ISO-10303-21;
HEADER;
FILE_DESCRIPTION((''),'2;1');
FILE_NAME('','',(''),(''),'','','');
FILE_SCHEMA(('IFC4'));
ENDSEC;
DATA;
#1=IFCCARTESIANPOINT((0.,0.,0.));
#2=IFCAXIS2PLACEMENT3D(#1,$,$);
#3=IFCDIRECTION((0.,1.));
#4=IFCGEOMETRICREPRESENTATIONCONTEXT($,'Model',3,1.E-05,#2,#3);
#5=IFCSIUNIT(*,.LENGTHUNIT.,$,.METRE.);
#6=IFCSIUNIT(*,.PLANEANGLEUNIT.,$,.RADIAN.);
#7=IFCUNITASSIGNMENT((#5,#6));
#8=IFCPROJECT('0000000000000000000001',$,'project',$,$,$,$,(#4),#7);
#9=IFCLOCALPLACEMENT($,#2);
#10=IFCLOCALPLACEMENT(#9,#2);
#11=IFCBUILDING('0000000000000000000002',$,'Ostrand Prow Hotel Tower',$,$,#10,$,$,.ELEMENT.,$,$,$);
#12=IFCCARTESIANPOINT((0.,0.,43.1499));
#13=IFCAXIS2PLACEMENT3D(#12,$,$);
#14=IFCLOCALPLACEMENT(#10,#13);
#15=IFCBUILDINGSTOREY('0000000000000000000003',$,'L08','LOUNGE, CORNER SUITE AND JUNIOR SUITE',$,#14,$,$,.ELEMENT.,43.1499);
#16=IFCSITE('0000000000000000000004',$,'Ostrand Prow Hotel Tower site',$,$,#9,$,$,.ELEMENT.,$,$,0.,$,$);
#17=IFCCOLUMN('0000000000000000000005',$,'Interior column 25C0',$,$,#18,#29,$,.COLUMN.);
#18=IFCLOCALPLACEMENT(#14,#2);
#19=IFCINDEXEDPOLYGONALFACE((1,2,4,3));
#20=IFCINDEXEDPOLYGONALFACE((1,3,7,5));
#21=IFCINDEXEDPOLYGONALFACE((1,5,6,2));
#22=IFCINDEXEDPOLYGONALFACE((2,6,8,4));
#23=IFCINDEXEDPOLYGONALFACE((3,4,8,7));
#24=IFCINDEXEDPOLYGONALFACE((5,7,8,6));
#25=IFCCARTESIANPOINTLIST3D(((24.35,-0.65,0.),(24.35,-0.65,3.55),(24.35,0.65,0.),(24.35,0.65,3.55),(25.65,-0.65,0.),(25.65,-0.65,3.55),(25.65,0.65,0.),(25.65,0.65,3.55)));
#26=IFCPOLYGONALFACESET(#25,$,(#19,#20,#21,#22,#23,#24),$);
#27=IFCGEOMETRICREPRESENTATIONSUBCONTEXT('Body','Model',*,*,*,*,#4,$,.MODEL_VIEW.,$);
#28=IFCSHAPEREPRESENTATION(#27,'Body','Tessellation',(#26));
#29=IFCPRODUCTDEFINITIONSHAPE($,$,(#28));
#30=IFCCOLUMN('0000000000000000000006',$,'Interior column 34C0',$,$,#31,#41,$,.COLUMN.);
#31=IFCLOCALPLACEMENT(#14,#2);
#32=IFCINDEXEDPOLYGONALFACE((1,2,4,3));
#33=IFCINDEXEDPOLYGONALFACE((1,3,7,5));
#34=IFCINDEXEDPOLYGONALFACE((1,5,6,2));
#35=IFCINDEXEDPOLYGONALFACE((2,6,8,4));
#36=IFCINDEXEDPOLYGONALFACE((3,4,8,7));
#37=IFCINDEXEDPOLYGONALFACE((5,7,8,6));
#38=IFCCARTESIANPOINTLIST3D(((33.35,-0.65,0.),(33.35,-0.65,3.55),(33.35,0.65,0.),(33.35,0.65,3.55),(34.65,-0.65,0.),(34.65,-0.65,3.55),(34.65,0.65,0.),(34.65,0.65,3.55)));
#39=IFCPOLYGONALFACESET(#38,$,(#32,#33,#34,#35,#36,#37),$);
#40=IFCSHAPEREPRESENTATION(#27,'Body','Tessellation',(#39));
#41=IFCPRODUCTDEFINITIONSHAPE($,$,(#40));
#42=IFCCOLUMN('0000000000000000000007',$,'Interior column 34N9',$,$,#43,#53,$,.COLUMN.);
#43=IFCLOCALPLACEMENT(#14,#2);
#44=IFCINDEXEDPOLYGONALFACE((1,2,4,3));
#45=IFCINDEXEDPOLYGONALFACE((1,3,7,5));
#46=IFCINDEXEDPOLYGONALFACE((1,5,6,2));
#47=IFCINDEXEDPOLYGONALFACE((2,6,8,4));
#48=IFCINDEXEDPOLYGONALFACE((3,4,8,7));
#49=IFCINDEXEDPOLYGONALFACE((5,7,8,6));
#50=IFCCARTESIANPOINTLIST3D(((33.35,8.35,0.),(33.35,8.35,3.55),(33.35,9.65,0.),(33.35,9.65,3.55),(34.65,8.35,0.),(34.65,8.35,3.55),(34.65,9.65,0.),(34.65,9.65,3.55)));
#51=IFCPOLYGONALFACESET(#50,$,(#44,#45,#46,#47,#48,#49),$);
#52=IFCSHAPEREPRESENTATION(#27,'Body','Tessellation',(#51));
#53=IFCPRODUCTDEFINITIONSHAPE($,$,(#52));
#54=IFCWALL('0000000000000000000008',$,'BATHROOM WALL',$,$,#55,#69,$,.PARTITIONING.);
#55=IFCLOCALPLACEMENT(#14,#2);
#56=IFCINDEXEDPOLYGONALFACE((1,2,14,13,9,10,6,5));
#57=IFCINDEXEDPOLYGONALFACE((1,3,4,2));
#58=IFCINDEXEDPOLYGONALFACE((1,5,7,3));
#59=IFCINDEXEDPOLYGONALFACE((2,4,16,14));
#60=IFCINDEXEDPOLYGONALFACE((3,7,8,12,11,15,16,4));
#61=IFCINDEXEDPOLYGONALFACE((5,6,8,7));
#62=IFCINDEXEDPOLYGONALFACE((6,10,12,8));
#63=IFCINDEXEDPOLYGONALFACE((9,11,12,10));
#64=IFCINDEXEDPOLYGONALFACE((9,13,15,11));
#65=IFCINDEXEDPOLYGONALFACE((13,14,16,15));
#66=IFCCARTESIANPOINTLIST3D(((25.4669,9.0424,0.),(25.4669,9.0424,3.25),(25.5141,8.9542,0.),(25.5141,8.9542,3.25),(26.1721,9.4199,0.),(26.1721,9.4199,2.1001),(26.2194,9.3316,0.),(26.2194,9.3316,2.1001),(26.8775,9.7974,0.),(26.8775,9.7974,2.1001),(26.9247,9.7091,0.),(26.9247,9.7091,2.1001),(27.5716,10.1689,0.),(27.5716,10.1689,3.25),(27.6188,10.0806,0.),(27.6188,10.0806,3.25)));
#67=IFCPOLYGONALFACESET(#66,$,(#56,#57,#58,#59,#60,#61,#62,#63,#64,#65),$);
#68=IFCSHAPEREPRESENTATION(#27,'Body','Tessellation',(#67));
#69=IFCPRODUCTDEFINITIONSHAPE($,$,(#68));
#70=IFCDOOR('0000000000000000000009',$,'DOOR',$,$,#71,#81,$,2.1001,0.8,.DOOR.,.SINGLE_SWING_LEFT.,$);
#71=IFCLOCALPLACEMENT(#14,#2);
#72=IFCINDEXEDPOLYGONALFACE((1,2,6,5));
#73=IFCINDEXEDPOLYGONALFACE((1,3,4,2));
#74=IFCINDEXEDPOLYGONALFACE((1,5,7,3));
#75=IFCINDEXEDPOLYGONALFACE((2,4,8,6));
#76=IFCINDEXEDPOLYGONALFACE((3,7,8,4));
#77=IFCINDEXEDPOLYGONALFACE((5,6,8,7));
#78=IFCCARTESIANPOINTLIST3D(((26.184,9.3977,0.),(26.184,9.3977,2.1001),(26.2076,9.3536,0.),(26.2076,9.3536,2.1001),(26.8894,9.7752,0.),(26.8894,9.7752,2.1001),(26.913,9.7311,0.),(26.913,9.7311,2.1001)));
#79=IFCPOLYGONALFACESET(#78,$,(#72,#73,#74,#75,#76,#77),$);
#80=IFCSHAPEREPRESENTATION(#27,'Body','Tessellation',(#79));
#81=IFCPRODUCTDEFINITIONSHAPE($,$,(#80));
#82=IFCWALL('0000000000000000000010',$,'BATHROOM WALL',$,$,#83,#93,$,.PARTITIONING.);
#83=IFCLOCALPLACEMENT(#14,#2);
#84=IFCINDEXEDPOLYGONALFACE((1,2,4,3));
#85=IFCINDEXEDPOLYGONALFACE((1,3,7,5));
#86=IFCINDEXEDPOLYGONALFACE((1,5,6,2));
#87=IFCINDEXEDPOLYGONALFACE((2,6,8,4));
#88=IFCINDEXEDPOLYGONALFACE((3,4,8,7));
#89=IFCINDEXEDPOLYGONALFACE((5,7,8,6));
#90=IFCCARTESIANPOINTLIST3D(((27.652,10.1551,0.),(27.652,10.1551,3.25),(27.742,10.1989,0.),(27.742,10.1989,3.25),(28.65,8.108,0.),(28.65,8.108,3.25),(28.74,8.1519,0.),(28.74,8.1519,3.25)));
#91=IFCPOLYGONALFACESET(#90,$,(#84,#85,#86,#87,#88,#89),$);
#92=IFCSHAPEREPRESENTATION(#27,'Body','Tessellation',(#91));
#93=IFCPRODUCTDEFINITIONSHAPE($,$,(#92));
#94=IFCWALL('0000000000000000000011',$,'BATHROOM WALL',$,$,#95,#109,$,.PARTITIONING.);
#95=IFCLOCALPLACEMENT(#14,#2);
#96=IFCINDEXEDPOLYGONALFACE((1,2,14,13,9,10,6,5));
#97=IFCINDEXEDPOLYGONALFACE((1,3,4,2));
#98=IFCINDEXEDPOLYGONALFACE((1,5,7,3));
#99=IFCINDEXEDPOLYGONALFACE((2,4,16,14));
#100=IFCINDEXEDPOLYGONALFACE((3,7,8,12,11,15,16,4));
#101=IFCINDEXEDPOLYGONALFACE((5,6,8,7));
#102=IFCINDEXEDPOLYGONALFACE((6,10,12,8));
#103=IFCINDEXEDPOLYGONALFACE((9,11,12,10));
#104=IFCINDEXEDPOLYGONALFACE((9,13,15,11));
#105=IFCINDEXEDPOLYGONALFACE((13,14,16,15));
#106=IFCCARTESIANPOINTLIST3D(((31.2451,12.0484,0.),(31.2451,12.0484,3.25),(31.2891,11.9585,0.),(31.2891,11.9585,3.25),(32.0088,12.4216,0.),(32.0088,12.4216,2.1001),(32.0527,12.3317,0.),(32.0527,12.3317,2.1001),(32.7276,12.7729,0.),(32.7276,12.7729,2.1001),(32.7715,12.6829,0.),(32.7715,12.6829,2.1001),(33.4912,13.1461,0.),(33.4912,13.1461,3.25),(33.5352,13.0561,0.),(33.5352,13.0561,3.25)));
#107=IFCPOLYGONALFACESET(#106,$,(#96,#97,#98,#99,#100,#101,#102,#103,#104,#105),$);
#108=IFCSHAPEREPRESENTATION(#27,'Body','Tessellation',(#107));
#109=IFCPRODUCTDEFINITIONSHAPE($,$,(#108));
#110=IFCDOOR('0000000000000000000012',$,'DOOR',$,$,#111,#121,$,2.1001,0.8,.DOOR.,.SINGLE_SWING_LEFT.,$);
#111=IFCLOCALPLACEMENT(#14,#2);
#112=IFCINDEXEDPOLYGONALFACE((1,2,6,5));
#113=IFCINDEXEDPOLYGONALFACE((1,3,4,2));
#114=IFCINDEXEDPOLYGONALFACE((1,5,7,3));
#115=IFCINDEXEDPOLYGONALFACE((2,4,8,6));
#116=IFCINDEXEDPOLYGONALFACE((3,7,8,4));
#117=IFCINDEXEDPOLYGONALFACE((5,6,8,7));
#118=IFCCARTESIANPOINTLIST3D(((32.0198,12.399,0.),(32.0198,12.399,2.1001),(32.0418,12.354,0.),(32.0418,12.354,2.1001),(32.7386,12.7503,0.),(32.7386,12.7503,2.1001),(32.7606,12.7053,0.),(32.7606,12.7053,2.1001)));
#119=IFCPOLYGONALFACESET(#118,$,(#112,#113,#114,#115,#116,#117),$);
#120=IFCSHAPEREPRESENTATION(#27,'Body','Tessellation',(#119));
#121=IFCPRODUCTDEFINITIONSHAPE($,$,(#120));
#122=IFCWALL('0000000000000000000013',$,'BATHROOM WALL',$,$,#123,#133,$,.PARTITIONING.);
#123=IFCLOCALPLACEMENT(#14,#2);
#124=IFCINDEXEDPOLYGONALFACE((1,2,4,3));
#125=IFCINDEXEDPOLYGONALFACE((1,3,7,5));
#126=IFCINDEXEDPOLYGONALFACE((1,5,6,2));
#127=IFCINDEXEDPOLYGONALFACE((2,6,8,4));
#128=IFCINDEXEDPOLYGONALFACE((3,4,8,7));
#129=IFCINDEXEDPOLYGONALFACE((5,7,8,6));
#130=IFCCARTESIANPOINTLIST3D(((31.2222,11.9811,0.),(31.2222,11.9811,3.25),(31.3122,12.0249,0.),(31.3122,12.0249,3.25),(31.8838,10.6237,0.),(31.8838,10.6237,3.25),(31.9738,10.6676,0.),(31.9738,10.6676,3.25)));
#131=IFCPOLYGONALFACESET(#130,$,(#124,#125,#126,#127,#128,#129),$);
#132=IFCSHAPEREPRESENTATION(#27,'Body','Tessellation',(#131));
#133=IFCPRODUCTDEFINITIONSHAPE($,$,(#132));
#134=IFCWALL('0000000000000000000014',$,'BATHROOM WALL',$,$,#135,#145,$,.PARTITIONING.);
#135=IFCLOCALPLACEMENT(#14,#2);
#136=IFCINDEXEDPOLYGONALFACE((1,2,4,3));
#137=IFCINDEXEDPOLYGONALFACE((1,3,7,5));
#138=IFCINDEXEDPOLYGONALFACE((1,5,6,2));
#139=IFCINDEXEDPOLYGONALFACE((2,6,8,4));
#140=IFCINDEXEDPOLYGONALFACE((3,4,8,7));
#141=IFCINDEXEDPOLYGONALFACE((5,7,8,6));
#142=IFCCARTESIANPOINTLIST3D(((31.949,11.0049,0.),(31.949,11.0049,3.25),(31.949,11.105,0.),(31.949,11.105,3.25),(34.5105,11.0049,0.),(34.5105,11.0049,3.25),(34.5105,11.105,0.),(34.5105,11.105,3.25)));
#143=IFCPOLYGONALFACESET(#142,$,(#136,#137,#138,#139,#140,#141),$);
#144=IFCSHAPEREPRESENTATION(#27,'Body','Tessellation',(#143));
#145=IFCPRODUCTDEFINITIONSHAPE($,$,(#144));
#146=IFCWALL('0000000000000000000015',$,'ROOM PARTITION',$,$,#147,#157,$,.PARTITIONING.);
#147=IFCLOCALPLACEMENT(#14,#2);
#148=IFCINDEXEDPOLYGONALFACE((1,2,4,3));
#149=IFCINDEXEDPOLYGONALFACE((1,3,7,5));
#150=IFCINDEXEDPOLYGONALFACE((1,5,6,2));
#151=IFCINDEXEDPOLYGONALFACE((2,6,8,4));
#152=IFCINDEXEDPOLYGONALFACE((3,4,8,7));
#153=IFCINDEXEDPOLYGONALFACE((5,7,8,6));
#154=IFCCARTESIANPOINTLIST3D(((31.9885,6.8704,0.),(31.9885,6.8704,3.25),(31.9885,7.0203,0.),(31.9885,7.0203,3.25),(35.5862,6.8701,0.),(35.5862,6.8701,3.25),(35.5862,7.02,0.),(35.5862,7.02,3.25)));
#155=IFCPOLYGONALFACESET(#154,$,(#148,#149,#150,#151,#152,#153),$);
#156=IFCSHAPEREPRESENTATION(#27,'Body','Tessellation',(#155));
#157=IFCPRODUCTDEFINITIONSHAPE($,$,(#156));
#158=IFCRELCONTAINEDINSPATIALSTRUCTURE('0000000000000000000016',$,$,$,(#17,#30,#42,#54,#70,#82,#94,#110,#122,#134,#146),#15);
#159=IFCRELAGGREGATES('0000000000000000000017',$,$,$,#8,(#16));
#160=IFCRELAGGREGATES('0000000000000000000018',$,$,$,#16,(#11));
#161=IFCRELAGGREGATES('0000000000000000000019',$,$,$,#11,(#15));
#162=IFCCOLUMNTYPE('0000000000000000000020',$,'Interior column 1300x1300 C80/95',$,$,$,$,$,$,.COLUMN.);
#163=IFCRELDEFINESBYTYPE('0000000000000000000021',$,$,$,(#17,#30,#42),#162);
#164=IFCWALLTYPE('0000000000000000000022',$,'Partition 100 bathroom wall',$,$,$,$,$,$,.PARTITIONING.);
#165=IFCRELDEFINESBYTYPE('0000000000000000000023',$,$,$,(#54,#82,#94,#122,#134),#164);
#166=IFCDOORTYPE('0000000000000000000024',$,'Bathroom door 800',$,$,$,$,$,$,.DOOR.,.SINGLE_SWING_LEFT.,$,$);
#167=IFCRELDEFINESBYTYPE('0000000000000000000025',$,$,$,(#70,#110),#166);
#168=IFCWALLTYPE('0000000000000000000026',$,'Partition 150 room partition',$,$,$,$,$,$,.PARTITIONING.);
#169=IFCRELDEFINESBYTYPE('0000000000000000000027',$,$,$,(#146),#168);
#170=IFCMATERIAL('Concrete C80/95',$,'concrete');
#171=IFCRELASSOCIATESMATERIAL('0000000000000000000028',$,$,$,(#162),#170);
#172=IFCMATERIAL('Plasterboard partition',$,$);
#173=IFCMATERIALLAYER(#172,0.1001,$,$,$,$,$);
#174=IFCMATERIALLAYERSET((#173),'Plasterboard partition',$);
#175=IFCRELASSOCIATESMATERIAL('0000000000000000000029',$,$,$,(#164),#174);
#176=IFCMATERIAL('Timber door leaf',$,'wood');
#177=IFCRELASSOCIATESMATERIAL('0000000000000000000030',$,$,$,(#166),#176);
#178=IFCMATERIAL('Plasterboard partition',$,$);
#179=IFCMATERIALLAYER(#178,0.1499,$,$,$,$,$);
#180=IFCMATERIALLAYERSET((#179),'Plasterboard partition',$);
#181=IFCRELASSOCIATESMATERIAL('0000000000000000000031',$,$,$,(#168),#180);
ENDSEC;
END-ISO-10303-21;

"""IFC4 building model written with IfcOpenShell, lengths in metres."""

from ifc_helpers import new_model, si_unit, direction, frame, frame_2d, origin, origin_2d, place, context, subcontext, project, spatial, rectangle, extrude, material, layer, layer_set, material_profile, profile_set, type_object, element, fill, save


model = new_model("IFC4")

# Units and contexts
model_context = context("Model", 3, precision=1e-05, world=origin(), true_north=direction((0.0, 1.0)))
body_context = subcontext(model_context, "Body", "Model", "MODEL_VIEW")
ifc_project = project(units=[si_unit("LENGTHUNIT", "METRE"), si_unit("PLANEANGLEUNIT", "RADIAN")], contexts=[model_context])

# Site, building, storey
site_placement = place(None, origin())
site = spatial("IfcSite", under=ifc_project, at=site_placement, Name="Ostrand Prow Hotel Tower site", CompositionType="ELEMENT", RefElevation=0.0)
building_placement = place(site_placement, origin())
building = spatial("IfcBuilding", under=site, at=building_placement, Name="Ostrand Prow Hotel Tower", CompositionType="ELEMENT")
storey_placement = place(building_placement, frame((0.0, 0.0, 43.1499)))
storey = spatial("IfcBuildingStorey", under=building, at=storey_placement, Name="L08", Description="LOUNGE, CORNER SUITE AND JUNIOR SUITE", CompositionType="ELEMENT", Elevation=43.1499)

# Columns
ifc_material_1 = material(Name="Concrete C80/95", Category="concrete")
ifc_material_profile = material_profile(ifc_material_1, rectangle(XDim=1.3, YDim=1.3, at=origin_2d()), Name="RC 1300x1300")
ifc_profile_set = profile_set([ifc_material_profile], Name="Concrete C80/95")
column_type = type_object("IfcColumnType", Name="Interior column 1300x1300 C80/95", PredefinedType="COLUMN", material=ifc_profile_set)
for number, where, z_axis, x_axis, name in (
    (1, (25.0, 0.0, 0.0), (0.0, 0.0, 1.0), (1.0, 0.0, 0.0), "Interior column 25C0"),
    (2, (34.0, 0.0, 0.0), (0.0, 0.0, 1.0), (1.0, 0.0, 0.0), "Interior column 34C0"),
    (3, (34.0, 9.0, 0.0), (0.0, 0.0, 1.0), (1.0, 0.0, 0.0), "Interior column 34N9"),
):
    element("IfcColumn", number, at=place(storey_placement, frame(where, z_axis=z_axis, x_axis=x_axis)), inside=storey, type_object=column_type, Name=name, PredefinedType="COLUMN", context=body_context, shape_type="SweptSolid", body=[
        extrude(rectangle(XDim=1.3, YDim=1.3, at=origin_2d()), origin(), (0.0, 0.0, 1.0), 3.55),
    ])

# Wall, opening, door
ifc_material_2 = material(Name="Plasterboard partition")
ifc_layer_1 = layer(ifc_material_2, 0.1001)
ifc_layer_set_1 = layer_set([ifc_layer_1], Name="Plasterboard partition")
wall_type_1 = type_object("IfcWallType", Name="Partition 100 bathroom wall", PredefinedType="PARTITIONING", material=ifc_layer_set_1)
wall_1_placement = place(storey_placement, frame((25.4905, 8.9983, 0.0), z_axis=(0.0, 0.0, 1.0), x_axis=(0.881667, 0.471872, 0.0)))
wall_1 = element("IfcWall", 4, at=wall_1_placement, inside=storey, type_object=wall_type_1, Name="BATHROOM WALL", PredefinedType="PARTITIONING", context=body_context, shape_type="SweptSolid", body=[
    extrude(rectangle(XDim=2.3872, YDim=0.1001, at=frame_2d((1.1936, 0.0))), origin(), (0.0, 0.0, 1.0), 3.25),
])
opening_1_placement = place(wall_1_placement, frame((0.8, 0.0, 0.0)))
opening_1 = element("IfcOpeningElement", 5, at=opening_1_placement, cuts=wall_1, PredefinedType="OPENING", context=body_context, shape_type="SweptSolid", body=[
    extrude(rectangle(XDim=0.8, YDim=2.1001, at=frame_2d((0.3999, 1.05))), frame((0.0, 0.0601, 0.0), z_axis=(0.0, -1.0, 0.0), x_axis=(1.0, 0.0, 0.0)), (0.0, 0.0, 1.0), 0.1201),
])
ifc_material_3 = material(Name="Timber door leaf", Category="wood")
door_type_1 = type_object("IfcDoorType", Name="Bathroom door 800", OperationType="SINGLE_SWING_LEFT", PredefinedType="DOOR", material=ifc_material_3)
door_1_placement = place(opening_1_placement, origin())
door_1 = element("IfcDoor", 6, at=door_1_placement, inside=storey, type_object=door_type_1, Name="DOOR", OperationType="SINGLE_SWING_LEFT", OverallHeight=2.1001, OverallWidth=0.8, PredefinedType="DOOR", context=body_context, shape_type="SweptSolid", body=[
    extrude(rectangle(XDim=0.8, YDim=2.1001, at=frame_2d((0.3999, 1.05))), frame((0.0, 0.0249, 0.0), z_axis=(0.0, -1.0, 0.0), x_axis=(1.0, 0.0, 0.0)), (0.0, 0.0, 1.0), 0.05),
])
fill(opening_1, door_1)

# Wall
wall_2_placement = place(storey_placement, frame((27.697, 10.177, 0.0), z_axis=(0.0, 0.0, 1.0), x_axis=(0.438229, -0.898863, 0.0)))
element("IfcWall", 7, at=wall_2_placement, inside=storey, type_object=wall_type_1, Name="BATHROOM WALL", PredefinedType="PARTITIONING", context=body_context, shape_type="SweptSolid", body=[
    extrude(rectangle(XDim=2.2773, YDim=0.1001, at=frame_2d((1.1387, 0.0))), origin(), (0.0, 0.0, 1.0), 3.25),
])

# Wall, opening, door
wall_3_placement = place(storey_placement, frame((31.2671, 12.0034, 0.0), z_axis=(0.0, 0.0, 1.0), x_axis=(0.898453, 0.43907, 0.0)))
wall_3 = element("IfcWall", 8, at=wall_3_placement, inside=storey, type_object=wall_type_1, Name="BATHROOM WALL", PredefinedType="PARTITIONING", context=body_context, shape_type="SweptSolid", body=[
    extrude(rectangle(XDim=2.5, YDim=0.1001, at=frame_2d((1.25, 0.0))), origin(), (0.0, 0.0, 1.0), 3.25),
])
opening_2_placement = place(wall_3_placement, frame((0.8501, 0.0, 0.0)))
opening_2 = element("IfcOpeningElement", 9, at=opening_2_placement, cuts=wall_3, PredefinedType="OPENING", context=body_context, shape_type="SweptSolid", body=[
    extrude(rectangle(XDim=0.8, YDim=2.1001, at=frame_2d((0.3999, 1.05))), frame((0.0, 0.0601, 0.0), z_axis=(0.0, -1.0, 0.0), x_axis=(1.0, 0.0, 0.0)), (0.0, 0.0, 1.0), 0.1201),
])
door_2_placement = place(opening_2_placement, origin())
door_2 = element("IfcDoor", 10, at=door_2_placement, inside=storey, type_object=door_type_1, Name="DOOR", OperationType="SINGLE_SWING_LEFT", OverallHeight=2.1001, OverallWidth=0.8, PredefinedType="DOOR", context=body_context, shape_type="SweptSolid", body=[
    extrude(rectangle(XDim=0.8, YDim=2.1001, at=frame_2d((0.3999, 1.05))), frame((0.0, 0.0249, 0.0), z_axis=(0.0, -1.0, 0.0), x_axis=(1.0, 0.0, 0.0)), (0.0, 0.0, 1.0), 0.05),
])
fill(opening_2, door_2)

# Walls
wall_4_placement = place(storey_placement, frame((31.9287, 10.6458, 0.0), z_axis=(0.0, 0.0, 1.0), x_axis=(-0.438137, 0.898908, 0.0)))
element("IfcWall", 11, at=wall_4_placement, inside=storey, type_object=wall_type_1, Name="BATHROOM WALL", PredefinedType="PARTITIONING", context=body_context, shape_type="SweptSolid", body=[
    extrude(rectangle(XDim=1.51, YDim=0.1001, at=frame_2d((0.7549, 0.0))), origin(), (0.0, 0.0, 1.0), 3.25),
])
wall_5_placement = place(storey_placement, frame((34.5105, 11.0549, 0.0), z_axis=(0.0, 0.0, 1.0), x_axis=(-1.0, 0.0, 0.0)))
element("IfcWall", 12, at=wall_5_placement, inside=storey, type_object=wall_type_1, Name="BATHROOM WALL", PredefinedType="PARTITIONING", context=body_context, shape_type="SweptSolid", body=[
    extrude(rectangle(XDim=2.5615, YDim=0.1001, at=frame_2d((1.2808, 0.0))), origin(), (0.0, 0.0, 1.0), 3.25),
])
ifc_material_4 = material(Name="Plasterboard partition")
ifc_layer_2 = layer(ifc_material_4, 0.1499)
ifc_layer_set_2 = layer_set([ifc_layer_2], Name="Plasterboard partition")
wall_type_2 = type_object("IfcWallType", Name="Partition 150 room partition", PredefinedType="PARTITIONING", material=ifc_layer_set_2)
wall_6_placement = place(storey_placement, frame((31.9885, 6.9453, 0.0), z_axis=(0.0, 0.0, 1.0), x_axis=(1.0, -0.000068, 0.0)))
element("IfcWall", 13, at=wall_6_placement, inside=storey, type_object=wall_type_2, Name="ROOM PARTITION", PredefinedType="PARTITIONING", context=body_context, shape_type="SweptSolid", body=[
    extrude(rectangle(XDim=3.5977, YDim=0.1499, at=frame_2d((1.7988, 0.0))), origin(), (0.0, 0.0, 1.0), 3.25),
])

save(model, "model.ifc")
